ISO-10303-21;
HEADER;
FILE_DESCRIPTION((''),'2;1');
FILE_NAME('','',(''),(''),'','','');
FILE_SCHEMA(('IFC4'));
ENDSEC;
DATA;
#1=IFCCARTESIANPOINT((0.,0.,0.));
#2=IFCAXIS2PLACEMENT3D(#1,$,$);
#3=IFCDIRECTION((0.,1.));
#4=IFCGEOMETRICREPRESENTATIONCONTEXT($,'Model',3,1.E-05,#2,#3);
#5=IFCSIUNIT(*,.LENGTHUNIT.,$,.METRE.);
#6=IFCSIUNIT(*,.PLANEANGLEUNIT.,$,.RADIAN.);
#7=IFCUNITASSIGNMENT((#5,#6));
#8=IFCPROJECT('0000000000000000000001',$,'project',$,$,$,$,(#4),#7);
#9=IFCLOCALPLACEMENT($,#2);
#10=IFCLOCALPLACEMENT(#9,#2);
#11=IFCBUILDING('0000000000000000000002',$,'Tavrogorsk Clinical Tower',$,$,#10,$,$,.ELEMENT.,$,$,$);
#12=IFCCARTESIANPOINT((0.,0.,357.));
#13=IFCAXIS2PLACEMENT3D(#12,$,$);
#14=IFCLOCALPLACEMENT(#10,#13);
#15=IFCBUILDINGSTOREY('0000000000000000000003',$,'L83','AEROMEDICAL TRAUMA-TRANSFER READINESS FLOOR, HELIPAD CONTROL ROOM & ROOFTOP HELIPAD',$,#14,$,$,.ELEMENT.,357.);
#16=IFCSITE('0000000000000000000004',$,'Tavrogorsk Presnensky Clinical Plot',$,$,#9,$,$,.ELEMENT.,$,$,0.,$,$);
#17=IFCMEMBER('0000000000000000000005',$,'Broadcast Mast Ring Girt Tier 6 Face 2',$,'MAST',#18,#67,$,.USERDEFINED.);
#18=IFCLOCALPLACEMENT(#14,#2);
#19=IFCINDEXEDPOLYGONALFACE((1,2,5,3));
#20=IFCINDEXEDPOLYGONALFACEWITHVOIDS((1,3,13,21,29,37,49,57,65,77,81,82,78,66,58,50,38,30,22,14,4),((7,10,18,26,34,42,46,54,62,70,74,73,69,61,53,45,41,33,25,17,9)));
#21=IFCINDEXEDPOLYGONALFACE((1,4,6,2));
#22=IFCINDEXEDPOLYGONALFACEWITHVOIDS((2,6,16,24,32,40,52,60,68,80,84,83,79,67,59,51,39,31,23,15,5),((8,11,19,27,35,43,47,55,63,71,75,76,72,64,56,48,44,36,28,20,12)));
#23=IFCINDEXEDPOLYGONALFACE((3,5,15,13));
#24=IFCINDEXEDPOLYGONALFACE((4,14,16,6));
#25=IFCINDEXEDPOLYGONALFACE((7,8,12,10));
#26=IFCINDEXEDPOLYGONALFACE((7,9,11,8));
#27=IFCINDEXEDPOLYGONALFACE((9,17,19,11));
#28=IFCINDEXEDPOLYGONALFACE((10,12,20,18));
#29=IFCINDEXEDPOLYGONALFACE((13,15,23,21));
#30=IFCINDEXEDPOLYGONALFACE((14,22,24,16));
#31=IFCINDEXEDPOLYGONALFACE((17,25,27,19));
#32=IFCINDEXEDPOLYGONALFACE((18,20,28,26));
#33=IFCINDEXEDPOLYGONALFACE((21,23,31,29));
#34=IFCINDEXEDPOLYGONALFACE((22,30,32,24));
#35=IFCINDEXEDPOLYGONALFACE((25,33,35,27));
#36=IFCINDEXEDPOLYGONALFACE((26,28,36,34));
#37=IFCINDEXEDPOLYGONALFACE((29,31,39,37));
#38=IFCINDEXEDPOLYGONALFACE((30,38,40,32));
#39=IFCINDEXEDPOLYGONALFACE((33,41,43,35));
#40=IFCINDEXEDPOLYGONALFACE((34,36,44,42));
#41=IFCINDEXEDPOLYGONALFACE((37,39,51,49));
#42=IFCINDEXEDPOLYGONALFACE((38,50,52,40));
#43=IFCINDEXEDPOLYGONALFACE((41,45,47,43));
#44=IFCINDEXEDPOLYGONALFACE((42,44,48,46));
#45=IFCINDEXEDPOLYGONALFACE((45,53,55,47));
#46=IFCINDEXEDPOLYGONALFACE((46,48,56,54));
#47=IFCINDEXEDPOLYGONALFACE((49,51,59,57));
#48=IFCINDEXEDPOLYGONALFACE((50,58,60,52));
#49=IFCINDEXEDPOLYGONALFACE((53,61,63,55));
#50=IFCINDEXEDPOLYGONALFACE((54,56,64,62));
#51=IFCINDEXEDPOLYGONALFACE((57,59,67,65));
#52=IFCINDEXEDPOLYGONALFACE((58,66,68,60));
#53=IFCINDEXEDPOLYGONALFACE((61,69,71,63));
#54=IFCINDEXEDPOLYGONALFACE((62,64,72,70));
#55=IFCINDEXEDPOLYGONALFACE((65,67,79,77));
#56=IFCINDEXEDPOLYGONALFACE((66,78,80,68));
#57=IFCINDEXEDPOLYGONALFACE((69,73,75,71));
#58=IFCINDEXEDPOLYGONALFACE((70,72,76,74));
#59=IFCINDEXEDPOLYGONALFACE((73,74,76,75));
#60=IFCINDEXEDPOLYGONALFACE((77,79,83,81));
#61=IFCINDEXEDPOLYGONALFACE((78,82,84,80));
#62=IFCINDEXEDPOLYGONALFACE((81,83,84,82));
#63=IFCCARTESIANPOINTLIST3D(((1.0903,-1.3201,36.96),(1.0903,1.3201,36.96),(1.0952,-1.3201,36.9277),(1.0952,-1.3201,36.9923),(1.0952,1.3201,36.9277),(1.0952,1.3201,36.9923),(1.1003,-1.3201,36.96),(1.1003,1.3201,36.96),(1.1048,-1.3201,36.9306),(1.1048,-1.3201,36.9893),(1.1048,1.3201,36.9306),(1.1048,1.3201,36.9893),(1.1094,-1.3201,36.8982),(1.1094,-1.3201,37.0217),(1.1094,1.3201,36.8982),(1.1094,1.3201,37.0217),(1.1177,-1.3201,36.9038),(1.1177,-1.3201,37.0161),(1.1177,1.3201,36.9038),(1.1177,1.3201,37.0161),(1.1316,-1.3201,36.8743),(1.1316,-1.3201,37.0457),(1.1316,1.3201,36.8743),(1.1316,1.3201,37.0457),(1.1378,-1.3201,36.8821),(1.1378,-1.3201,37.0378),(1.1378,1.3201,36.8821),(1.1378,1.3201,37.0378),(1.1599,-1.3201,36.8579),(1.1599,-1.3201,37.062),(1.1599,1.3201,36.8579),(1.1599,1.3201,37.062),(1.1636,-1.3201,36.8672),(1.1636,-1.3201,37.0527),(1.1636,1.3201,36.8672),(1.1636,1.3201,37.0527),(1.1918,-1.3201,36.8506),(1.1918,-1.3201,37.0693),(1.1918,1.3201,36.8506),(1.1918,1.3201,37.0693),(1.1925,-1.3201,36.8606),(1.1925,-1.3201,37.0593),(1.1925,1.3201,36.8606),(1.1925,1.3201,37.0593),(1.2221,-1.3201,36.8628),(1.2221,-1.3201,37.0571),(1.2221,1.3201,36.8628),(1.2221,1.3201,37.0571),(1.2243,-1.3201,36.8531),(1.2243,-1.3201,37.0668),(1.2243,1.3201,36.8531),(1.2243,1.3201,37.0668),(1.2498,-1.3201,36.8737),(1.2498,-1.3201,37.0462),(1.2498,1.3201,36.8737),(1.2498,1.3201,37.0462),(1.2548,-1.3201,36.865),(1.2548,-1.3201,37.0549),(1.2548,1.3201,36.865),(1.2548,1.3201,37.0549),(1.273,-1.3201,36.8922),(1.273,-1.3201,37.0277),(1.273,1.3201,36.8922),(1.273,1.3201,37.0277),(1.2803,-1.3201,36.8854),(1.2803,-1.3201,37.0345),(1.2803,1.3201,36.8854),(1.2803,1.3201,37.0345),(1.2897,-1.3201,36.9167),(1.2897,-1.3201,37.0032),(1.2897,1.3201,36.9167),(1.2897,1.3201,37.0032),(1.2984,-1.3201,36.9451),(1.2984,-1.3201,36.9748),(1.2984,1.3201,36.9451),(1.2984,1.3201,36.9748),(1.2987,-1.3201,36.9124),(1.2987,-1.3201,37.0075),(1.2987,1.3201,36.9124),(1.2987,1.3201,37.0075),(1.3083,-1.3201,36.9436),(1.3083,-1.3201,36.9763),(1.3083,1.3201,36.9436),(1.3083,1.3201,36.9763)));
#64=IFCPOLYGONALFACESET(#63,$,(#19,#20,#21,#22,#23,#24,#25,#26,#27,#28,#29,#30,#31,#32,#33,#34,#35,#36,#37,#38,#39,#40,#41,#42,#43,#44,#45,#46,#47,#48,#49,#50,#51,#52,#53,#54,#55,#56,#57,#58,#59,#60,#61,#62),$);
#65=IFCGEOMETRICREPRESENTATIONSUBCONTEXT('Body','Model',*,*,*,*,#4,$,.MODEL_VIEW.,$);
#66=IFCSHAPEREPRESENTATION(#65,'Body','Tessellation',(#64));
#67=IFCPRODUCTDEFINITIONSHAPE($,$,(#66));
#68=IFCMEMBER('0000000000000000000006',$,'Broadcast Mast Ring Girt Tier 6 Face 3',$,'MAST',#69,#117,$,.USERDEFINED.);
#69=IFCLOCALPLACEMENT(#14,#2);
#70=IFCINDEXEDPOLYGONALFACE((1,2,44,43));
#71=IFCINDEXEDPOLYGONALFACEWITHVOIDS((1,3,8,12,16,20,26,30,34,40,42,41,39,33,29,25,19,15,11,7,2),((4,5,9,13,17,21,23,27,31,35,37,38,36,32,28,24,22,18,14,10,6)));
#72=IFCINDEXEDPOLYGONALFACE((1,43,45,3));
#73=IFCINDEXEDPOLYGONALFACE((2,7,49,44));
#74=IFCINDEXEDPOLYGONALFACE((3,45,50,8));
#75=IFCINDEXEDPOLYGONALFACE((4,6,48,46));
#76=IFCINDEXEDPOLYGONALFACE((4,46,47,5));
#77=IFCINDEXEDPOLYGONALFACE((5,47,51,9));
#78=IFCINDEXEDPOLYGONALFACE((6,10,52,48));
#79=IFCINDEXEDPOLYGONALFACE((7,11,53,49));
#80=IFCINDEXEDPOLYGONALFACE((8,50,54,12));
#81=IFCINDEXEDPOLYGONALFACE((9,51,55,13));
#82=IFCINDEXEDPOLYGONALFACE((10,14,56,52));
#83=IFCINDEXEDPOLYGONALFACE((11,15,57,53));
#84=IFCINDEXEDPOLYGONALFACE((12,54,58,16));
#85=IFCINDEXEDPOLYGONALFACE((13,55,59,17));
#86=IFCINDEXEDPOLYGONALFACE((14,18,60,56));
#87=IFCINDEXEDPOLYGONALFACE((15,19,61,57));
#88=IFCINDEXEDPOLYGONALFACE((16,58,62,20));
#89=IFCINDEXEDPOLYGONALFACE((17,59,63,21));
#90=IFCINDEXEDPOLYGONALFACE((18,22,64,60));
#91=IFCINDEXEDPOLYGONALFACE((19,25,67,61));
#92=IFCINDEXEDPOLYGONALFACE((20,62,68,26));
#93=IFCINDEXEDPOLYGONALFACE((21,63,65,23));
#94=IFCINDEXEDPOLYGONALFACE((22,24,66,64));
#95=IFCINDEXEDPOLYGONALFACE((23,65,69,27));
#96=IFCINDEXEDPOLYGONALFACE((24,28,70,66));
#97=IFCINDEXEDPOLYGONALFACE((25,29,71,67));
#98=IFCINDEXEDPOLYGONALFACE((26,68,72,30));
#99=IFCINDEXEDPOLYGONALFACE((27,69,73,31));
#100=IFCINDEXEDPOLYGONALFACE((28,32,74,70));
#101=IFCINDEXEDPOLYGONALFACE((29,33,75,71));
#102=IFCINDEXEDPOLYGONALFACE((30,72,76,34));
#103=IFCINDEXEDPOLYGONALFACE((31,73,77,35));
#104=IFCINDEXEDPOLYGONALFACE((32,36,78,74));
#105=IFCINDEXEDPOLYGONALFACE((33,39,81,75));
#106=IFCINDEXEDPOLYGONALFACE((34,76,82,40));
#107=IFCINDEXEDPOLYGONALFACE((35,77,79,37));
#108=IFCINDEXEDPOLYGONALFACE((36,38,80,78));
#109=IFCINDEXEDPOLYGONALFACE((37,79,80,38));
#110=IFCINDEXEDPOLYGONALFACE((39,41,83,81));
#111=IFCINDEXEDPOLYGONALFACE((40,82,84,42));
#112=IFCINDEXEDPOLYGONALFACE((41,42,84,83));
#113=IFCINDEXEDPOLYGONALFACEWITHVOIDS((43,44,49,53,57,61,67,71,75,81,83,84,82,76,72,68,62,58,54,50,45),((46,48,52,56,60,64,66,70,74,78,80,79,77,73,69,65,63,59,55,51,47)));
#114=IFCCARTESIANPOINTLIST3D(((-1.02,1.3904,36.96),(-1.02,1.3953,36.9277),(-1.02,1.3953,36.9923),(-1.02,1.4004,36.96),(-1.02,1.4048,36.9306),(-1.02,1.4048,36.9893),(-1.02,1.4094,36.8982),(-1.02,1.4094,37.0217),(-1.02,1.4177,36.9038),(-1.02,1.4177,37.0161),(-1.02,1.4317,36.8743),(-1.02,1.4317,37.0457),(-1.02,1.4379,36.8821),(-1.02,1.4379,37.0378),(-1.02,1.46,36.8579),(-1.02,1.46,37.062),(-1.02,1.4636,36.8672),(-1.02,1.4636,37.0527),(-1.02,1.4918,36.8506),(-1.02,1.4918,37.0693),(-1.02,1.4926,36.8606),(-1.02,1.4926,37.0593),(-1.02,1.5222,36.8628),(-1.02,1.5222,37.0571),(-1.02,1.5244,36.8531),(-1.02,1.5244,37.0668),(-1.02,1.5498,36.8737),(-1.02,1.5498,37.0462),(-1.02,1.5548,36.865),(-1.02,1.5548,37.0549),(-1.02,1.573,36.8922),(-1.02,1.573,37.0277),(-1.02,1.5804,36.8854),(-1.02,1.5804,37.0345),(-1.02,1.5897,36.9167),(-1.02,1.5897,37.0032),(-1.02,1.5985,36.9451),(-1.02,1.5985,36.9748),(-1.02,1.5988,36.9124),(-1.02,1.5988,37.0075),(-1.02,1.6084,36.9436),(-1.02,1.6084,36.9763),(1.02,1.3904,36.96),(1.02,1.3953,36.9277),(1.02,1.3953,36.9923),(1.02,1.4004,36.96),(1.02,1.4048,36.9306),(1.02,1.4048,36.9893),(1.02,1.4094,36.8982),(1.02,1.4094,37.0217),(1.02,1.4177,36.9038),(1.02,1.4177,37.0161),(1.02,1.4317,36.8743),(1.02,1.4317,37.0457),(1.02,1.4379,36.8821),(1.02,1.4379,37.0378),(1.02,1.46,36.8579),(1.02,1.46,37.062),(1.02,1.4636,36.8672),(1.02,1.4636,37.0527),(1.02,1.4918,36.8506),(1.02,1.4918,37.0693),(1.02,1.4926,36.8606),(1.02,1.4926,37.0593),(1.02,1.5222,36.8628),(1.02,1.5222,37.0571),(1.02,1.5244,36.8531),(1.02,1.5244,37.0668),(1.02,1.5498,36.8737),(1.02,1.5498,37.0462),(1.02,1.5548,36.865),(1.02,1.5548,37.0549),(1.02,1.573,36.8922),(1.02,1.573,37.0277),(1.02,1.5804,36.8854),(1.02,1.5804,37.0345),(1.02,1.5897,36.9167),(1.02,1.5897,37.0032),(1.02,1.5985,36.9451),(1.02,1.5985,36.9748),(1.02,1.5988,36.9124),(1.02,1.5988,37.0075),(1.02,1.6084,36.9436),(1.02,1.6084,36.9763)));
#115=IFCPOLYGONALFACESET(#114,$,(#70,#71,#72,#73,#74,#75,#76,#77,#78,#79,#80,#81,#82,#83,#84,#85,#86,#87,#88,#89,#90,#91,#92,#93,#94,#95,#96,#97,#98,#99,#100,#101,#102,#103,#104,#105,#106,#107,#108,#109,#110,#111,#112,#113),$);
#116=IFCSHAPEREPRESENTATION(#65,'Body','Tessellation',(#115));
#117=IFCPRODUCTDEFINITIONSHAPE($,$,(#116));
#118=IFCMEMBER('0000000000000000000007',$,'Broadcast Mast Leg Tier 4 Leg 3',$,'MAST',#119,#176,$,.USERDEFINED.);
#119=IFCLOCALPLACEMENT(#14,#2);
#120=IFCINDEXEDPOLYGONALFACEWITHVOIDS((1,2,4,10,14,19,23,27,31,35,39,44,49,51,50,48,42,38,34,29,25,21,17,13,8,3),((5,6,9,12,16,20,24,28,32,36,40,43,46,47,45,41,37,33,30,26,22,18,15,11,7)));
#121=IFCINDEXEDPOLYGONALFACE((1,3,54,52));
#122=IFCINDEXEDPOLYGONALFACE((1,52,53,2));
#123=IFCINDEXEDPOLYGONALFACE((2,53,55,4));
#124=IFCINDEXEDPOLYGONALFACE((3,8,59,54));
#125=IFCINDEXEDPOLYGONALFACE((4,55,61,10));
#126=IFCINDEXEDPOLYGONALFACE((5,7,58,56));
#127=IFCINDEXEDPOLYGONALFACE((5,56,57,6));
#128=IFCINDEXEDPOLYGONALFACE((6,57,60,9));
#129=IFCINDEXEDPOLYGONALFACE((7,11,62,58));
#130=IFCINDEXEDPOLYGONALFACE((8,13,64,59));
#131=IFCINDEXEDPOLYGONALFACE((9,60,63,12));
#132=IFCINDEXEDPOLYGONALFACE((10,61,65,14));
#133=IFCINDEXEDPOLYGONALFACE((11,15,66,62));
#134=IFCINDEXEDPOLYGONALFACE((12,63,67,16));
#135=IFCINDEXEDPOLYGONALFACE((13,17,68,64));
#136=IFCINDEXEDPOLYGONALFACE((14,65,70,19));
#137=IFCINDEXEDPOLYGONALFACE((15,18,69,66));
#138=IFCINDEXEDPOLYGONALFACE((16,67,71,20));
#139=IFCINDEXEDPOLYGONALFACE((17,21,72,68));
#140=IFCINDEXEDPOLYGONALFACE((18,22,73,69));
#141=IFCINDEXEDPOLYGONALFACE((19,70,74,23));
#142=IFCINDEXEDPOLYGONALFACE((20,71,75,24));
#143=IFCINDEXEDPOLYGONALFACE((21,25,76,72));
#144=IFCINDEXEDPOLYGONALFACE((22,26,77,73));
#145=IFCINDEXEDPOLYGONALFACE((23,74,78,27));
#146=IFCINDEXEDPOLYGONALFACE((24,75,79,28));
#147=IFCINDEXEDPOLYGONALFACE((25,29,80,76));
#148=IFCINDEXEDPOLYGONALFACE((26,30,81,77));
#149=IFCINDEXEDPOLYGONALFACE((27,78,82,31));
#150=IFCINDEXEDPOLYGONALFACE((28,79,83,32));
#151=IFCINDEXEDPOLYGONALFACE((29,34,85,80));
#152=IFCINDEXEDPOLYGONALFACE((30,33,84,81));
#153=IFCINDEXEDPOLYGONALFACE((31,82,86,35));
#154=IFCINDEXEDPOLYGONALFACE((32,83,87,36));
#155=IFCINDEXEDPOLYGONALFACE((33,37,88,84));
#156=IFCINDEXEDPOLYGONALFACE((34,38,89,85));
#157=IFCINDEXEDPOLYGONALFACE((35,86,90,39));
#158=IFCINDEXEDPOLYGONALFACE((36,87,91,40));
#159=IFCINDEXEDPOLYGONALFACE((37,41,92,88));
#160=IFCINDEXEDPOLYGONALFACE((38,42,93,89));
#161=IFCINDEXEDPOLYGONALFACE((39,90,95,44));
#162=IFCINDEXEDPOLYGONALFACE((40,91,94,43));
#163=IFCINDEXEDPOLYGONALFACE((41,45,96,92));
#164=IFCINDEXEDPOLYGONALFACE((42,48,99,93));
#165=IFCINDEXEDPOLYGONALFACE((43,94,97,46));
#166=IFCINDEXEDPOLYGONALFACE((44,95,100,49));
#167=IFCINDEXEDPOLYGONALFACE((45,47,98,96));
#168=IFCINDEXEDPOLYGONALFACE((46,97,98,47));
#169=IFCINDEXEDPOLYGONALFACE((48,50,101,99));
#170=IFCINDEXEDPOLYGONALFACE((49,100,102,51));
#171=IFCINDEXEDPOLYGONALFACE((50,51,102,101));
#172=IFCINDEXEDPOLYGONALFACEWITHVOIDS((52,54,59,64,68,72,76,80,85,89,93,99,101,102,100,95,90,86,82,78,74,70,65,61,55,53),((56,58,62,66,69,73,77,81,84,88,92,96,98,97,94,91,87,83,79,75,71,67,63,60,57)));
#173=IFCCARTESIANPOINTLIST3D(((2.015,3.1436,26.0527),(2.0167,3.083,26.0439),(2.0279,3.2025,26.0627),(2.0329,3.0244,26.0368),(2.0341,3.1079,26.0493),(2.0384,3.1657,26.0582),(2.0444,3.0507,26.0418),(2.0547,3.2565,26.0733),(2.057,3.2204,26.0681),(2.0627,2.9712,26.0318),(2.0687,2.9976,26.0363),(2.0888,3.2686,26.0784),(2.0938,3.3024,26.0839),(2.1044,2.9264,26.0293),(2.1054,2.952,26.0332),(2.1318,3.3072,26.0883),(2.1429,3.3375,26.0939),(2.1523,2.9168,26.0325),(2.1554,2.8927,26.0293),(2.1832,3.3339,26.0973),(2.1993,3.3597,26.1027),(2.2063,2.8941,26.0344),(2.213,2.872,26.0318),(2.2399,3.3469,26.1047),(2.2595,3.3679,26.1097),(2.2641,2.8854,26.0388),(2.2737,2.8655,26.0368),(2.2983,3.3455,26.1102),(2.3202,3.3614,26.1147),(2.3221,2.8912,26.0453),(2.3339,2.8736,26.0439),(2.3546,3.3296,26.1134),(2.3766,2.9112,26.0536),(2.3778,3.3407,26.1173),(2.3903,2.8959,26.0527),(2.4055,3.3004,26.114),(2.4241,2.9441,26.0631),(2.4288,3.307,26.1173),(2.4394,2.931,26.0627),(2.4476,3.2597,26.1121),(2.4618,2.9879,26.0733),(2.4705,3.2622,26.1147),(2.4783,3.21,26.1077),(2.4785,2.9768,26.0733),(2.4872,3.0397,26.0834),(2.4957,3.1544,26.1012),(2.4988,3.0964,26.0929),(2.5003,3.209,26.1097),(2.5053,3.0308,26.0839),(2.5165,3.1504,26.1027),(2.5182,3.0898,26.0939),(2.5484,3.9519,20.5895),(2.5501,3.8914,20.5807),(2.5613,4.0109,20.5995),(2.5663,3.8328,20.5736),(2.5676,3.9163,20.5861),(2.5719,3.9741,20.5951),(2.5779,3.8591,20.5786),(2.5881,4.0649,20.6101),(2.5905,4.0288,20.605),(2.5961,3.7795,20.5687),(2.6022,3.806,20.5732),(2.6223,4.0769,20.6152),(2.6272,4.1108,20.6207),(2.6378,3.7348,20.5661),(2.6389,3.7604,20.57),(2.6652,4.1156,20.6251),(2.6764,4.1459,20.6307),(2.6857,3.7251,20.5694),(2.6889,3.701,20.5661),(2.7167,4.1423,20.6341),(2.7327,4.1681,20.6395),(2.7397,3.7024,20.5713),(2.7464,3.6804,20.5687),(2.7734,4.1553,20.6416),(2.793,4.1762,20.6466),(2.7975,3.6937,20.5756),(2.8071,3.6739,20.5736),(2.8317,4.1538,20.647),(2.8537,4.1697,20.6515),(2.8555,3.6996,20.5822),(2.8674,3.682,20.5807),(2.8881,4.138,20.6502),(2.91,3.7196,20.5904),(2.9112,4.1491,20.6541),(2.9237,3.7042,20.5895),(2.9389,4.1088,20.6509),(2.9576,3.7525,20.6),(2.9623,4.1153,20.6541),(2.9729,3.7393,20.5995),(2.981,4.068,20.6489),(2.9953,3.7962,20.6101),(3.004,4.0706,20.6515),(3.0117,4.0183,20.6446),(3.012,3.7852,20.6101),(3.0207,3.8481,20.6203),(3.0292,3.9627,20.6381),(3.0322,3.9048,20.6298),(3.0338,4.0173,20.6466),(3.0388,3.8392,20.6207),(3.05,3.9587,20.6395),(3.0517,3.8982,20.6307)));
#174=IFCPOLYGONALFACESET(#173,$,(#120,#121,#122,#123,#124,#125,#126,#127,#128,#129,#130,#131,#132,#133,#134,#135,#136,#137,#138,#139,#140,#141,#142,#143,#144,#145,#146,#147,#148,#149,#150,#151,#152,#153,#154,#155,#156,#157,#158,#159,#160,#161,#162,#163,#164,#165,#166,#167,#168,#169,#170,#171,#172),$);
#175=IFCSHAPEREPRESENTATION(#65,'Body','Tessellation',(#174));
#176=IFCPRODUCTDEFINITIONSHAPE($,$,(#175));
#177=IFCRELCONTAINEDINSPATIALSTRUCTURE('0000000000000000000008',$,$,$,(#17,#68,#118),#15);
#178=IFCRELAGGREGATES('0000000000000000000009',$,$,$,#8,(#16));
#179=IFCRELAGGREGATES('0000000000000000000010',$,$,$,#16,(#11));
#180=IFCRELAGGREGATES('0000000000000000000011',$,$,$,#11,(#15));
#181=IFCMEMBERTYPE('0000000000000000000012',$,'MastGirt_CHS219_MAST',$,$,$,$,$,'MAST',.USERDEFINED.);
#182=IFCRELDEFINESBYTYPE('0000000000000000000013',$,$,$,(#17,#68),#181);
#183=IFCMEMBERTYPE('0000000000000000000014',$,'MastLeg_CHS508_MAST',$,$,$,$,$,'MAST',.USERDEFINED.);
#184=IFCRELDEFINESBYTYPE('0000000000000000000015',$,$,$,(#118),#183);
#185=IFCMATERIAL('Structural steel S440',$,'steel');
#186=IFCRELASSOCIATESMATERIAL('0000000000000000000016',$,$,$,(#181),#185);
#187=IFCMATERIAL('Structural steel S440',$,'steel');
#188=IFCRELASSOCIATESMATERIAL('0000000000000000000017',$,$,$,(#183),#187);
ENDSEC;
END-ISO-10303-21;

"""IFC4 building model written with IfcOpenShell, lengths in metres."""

from ifc_helpers import new_model, si_unit, direction, frame, origin, origin_2d, place, context, subcontext, project, spatial, hollow_circle, extrude, material, material_profile, profile_set, type_object, element, save


model = new_model("IFC4")

# Units and contexts
model_context = context("Model", 3, precision=1e-05, world=origin(), true_north=direction((0.0, 1.0)))
body_context = subcontext(model_context, "Body", "Model", "MODEL_VIEW")
ifc_project = project(units=[si_unit("LENGTHUNIT", "METRE"), si_unit("PLANEANGLEUNIT", "RADIAN")], contexts=[model_context])

# Site, building, storey
site_placement = place(None, origin())
site = spatial("IfcSite", under=ifc_project, at=site_placement, Name="Tavrogorsk Presnensky Clinical Plot", CompositionType="ELEMENT", RefElevation=0.0)
building_placement = place(site_placement, origin())
building = spatial("IfcBuilding", under=site, at=building_placement, Name="Tavrogorsk Clinical Tower", CompositionType="ELEMENT")
storey_placement = place(building_placement, frame((0.0, 0.0, 357.0)))
storey = spatial("IfcBuildingStorey", under=building, at=storey_placement, Name="L83", Description="AEROMEDICAL TRAUMA-TRANSFER READINESS FLOOR, HELIPAD CONTROL ROOM & ROOFTOP HELIPAD", CompositionType="ELEMENT", Elevation=357.0)

# Members
ifc_material_1 = material(Name="Structural steel S440", Category="steel")
ifc_material_profile_1 = material_profile(ifc_material_1, hollow_circle(Radius=0.1096, WallThickness=0.01, at=origin_2d()), Name="CHS-219.1x10")
ifc_profile_set_1 = profile_set([ifc_material_profile_1], Name="Structural steel S440")
member_type_1 = type_object("IfcMemberType", Name="MastGirt_CHS219_MAST", ElementType="MAST", PredefinedType="USERDEFINED", material=ifc_profile_set_1)
member_1_placement = place(storey_placement, frame((1.2, -1.3201, 36.96), z_axis=(0.0, 1.0, 0.0), x_axis=(-1.0, 0.0, 0.0)))
element("IfcMember", 1, at=member_1_placement, inside=storey, type_object=member_type_1, Name="Broadcast Mast Ring Girt Tier 6 Face 2", ObjectType="MAST", PredefinedType="USERDEFINED", context=body_context, shape_type="SweptSolid", body=[
    extrude(hollow_circle(Radius=0.1096, WallThickness=0.01, at=origin_2d()), origin(), (0.0, 0.0, 1.0), 2.6401),
])
member_2_placement = place(storey_placement, frame((1.02, 1.5, 36.96), z_axis=(-1.0, 0.0, 0.0), x_axis=(0.0, -1.0, 0.0)))
element("IfcMember", 2, at=member_2_placement, inside=storey, type_object=member_type_1, Name="Broadcast Mast Ring Girt Tier 6 Face 3", ObjectType="MAST", PredefinedType="USERDEFINED", context=body_context, shape_type="SweptSolid", body=[
    extrude(hollow_circle(Radius=0.1096, WallThickness=0.01, at=origin_2d()), origin(), (0.0, 0.0, 1.0), 2.04),
])
ifc_material_2 = material(Name="Structural steel S440", Category="steel")
ifc_material_profile_2 = material_profile(ifc_material_2, hollow_circle(Radius=0.2539, WallThickness=0.02, at=origin_2d()), Name="CHS-508x20")
ifc_profile_set_2 = profile_set([ifc_material_profile_2], Name="Structural steel S440")
member_type_2 = type_object("IfcMemberType", Name="MastLeg_CHS508_MAST", ElementType="MAST", PredefinedType="USERDEFINED", material=ifc_profile_set_2)
member_3_placement = place(storey_placement, frame((2.8, 3.925, 20.6101), z_axis=(-0.096146, -0.145693, 0.984647), x_axis=(0.83464, -0.550797, 0.0)))
element("IfcMember", 3, at=member_3_placement, inside=storey, type_object=member_type_2, Name="Broadcast Mast Leg Tier 4 Leg 3", ObjectType="MAST", PredefinedType="USERDEFINED", context=body_context, shape_type="SweptSolid", body=[
    extrude(hollow_circle(Radius=0.2539, WallThickness=0.02, at=origin_2d()), origin(), (0.0, 0.0, 1.0), 5.5483),
])

save(model, "model.ifc")
